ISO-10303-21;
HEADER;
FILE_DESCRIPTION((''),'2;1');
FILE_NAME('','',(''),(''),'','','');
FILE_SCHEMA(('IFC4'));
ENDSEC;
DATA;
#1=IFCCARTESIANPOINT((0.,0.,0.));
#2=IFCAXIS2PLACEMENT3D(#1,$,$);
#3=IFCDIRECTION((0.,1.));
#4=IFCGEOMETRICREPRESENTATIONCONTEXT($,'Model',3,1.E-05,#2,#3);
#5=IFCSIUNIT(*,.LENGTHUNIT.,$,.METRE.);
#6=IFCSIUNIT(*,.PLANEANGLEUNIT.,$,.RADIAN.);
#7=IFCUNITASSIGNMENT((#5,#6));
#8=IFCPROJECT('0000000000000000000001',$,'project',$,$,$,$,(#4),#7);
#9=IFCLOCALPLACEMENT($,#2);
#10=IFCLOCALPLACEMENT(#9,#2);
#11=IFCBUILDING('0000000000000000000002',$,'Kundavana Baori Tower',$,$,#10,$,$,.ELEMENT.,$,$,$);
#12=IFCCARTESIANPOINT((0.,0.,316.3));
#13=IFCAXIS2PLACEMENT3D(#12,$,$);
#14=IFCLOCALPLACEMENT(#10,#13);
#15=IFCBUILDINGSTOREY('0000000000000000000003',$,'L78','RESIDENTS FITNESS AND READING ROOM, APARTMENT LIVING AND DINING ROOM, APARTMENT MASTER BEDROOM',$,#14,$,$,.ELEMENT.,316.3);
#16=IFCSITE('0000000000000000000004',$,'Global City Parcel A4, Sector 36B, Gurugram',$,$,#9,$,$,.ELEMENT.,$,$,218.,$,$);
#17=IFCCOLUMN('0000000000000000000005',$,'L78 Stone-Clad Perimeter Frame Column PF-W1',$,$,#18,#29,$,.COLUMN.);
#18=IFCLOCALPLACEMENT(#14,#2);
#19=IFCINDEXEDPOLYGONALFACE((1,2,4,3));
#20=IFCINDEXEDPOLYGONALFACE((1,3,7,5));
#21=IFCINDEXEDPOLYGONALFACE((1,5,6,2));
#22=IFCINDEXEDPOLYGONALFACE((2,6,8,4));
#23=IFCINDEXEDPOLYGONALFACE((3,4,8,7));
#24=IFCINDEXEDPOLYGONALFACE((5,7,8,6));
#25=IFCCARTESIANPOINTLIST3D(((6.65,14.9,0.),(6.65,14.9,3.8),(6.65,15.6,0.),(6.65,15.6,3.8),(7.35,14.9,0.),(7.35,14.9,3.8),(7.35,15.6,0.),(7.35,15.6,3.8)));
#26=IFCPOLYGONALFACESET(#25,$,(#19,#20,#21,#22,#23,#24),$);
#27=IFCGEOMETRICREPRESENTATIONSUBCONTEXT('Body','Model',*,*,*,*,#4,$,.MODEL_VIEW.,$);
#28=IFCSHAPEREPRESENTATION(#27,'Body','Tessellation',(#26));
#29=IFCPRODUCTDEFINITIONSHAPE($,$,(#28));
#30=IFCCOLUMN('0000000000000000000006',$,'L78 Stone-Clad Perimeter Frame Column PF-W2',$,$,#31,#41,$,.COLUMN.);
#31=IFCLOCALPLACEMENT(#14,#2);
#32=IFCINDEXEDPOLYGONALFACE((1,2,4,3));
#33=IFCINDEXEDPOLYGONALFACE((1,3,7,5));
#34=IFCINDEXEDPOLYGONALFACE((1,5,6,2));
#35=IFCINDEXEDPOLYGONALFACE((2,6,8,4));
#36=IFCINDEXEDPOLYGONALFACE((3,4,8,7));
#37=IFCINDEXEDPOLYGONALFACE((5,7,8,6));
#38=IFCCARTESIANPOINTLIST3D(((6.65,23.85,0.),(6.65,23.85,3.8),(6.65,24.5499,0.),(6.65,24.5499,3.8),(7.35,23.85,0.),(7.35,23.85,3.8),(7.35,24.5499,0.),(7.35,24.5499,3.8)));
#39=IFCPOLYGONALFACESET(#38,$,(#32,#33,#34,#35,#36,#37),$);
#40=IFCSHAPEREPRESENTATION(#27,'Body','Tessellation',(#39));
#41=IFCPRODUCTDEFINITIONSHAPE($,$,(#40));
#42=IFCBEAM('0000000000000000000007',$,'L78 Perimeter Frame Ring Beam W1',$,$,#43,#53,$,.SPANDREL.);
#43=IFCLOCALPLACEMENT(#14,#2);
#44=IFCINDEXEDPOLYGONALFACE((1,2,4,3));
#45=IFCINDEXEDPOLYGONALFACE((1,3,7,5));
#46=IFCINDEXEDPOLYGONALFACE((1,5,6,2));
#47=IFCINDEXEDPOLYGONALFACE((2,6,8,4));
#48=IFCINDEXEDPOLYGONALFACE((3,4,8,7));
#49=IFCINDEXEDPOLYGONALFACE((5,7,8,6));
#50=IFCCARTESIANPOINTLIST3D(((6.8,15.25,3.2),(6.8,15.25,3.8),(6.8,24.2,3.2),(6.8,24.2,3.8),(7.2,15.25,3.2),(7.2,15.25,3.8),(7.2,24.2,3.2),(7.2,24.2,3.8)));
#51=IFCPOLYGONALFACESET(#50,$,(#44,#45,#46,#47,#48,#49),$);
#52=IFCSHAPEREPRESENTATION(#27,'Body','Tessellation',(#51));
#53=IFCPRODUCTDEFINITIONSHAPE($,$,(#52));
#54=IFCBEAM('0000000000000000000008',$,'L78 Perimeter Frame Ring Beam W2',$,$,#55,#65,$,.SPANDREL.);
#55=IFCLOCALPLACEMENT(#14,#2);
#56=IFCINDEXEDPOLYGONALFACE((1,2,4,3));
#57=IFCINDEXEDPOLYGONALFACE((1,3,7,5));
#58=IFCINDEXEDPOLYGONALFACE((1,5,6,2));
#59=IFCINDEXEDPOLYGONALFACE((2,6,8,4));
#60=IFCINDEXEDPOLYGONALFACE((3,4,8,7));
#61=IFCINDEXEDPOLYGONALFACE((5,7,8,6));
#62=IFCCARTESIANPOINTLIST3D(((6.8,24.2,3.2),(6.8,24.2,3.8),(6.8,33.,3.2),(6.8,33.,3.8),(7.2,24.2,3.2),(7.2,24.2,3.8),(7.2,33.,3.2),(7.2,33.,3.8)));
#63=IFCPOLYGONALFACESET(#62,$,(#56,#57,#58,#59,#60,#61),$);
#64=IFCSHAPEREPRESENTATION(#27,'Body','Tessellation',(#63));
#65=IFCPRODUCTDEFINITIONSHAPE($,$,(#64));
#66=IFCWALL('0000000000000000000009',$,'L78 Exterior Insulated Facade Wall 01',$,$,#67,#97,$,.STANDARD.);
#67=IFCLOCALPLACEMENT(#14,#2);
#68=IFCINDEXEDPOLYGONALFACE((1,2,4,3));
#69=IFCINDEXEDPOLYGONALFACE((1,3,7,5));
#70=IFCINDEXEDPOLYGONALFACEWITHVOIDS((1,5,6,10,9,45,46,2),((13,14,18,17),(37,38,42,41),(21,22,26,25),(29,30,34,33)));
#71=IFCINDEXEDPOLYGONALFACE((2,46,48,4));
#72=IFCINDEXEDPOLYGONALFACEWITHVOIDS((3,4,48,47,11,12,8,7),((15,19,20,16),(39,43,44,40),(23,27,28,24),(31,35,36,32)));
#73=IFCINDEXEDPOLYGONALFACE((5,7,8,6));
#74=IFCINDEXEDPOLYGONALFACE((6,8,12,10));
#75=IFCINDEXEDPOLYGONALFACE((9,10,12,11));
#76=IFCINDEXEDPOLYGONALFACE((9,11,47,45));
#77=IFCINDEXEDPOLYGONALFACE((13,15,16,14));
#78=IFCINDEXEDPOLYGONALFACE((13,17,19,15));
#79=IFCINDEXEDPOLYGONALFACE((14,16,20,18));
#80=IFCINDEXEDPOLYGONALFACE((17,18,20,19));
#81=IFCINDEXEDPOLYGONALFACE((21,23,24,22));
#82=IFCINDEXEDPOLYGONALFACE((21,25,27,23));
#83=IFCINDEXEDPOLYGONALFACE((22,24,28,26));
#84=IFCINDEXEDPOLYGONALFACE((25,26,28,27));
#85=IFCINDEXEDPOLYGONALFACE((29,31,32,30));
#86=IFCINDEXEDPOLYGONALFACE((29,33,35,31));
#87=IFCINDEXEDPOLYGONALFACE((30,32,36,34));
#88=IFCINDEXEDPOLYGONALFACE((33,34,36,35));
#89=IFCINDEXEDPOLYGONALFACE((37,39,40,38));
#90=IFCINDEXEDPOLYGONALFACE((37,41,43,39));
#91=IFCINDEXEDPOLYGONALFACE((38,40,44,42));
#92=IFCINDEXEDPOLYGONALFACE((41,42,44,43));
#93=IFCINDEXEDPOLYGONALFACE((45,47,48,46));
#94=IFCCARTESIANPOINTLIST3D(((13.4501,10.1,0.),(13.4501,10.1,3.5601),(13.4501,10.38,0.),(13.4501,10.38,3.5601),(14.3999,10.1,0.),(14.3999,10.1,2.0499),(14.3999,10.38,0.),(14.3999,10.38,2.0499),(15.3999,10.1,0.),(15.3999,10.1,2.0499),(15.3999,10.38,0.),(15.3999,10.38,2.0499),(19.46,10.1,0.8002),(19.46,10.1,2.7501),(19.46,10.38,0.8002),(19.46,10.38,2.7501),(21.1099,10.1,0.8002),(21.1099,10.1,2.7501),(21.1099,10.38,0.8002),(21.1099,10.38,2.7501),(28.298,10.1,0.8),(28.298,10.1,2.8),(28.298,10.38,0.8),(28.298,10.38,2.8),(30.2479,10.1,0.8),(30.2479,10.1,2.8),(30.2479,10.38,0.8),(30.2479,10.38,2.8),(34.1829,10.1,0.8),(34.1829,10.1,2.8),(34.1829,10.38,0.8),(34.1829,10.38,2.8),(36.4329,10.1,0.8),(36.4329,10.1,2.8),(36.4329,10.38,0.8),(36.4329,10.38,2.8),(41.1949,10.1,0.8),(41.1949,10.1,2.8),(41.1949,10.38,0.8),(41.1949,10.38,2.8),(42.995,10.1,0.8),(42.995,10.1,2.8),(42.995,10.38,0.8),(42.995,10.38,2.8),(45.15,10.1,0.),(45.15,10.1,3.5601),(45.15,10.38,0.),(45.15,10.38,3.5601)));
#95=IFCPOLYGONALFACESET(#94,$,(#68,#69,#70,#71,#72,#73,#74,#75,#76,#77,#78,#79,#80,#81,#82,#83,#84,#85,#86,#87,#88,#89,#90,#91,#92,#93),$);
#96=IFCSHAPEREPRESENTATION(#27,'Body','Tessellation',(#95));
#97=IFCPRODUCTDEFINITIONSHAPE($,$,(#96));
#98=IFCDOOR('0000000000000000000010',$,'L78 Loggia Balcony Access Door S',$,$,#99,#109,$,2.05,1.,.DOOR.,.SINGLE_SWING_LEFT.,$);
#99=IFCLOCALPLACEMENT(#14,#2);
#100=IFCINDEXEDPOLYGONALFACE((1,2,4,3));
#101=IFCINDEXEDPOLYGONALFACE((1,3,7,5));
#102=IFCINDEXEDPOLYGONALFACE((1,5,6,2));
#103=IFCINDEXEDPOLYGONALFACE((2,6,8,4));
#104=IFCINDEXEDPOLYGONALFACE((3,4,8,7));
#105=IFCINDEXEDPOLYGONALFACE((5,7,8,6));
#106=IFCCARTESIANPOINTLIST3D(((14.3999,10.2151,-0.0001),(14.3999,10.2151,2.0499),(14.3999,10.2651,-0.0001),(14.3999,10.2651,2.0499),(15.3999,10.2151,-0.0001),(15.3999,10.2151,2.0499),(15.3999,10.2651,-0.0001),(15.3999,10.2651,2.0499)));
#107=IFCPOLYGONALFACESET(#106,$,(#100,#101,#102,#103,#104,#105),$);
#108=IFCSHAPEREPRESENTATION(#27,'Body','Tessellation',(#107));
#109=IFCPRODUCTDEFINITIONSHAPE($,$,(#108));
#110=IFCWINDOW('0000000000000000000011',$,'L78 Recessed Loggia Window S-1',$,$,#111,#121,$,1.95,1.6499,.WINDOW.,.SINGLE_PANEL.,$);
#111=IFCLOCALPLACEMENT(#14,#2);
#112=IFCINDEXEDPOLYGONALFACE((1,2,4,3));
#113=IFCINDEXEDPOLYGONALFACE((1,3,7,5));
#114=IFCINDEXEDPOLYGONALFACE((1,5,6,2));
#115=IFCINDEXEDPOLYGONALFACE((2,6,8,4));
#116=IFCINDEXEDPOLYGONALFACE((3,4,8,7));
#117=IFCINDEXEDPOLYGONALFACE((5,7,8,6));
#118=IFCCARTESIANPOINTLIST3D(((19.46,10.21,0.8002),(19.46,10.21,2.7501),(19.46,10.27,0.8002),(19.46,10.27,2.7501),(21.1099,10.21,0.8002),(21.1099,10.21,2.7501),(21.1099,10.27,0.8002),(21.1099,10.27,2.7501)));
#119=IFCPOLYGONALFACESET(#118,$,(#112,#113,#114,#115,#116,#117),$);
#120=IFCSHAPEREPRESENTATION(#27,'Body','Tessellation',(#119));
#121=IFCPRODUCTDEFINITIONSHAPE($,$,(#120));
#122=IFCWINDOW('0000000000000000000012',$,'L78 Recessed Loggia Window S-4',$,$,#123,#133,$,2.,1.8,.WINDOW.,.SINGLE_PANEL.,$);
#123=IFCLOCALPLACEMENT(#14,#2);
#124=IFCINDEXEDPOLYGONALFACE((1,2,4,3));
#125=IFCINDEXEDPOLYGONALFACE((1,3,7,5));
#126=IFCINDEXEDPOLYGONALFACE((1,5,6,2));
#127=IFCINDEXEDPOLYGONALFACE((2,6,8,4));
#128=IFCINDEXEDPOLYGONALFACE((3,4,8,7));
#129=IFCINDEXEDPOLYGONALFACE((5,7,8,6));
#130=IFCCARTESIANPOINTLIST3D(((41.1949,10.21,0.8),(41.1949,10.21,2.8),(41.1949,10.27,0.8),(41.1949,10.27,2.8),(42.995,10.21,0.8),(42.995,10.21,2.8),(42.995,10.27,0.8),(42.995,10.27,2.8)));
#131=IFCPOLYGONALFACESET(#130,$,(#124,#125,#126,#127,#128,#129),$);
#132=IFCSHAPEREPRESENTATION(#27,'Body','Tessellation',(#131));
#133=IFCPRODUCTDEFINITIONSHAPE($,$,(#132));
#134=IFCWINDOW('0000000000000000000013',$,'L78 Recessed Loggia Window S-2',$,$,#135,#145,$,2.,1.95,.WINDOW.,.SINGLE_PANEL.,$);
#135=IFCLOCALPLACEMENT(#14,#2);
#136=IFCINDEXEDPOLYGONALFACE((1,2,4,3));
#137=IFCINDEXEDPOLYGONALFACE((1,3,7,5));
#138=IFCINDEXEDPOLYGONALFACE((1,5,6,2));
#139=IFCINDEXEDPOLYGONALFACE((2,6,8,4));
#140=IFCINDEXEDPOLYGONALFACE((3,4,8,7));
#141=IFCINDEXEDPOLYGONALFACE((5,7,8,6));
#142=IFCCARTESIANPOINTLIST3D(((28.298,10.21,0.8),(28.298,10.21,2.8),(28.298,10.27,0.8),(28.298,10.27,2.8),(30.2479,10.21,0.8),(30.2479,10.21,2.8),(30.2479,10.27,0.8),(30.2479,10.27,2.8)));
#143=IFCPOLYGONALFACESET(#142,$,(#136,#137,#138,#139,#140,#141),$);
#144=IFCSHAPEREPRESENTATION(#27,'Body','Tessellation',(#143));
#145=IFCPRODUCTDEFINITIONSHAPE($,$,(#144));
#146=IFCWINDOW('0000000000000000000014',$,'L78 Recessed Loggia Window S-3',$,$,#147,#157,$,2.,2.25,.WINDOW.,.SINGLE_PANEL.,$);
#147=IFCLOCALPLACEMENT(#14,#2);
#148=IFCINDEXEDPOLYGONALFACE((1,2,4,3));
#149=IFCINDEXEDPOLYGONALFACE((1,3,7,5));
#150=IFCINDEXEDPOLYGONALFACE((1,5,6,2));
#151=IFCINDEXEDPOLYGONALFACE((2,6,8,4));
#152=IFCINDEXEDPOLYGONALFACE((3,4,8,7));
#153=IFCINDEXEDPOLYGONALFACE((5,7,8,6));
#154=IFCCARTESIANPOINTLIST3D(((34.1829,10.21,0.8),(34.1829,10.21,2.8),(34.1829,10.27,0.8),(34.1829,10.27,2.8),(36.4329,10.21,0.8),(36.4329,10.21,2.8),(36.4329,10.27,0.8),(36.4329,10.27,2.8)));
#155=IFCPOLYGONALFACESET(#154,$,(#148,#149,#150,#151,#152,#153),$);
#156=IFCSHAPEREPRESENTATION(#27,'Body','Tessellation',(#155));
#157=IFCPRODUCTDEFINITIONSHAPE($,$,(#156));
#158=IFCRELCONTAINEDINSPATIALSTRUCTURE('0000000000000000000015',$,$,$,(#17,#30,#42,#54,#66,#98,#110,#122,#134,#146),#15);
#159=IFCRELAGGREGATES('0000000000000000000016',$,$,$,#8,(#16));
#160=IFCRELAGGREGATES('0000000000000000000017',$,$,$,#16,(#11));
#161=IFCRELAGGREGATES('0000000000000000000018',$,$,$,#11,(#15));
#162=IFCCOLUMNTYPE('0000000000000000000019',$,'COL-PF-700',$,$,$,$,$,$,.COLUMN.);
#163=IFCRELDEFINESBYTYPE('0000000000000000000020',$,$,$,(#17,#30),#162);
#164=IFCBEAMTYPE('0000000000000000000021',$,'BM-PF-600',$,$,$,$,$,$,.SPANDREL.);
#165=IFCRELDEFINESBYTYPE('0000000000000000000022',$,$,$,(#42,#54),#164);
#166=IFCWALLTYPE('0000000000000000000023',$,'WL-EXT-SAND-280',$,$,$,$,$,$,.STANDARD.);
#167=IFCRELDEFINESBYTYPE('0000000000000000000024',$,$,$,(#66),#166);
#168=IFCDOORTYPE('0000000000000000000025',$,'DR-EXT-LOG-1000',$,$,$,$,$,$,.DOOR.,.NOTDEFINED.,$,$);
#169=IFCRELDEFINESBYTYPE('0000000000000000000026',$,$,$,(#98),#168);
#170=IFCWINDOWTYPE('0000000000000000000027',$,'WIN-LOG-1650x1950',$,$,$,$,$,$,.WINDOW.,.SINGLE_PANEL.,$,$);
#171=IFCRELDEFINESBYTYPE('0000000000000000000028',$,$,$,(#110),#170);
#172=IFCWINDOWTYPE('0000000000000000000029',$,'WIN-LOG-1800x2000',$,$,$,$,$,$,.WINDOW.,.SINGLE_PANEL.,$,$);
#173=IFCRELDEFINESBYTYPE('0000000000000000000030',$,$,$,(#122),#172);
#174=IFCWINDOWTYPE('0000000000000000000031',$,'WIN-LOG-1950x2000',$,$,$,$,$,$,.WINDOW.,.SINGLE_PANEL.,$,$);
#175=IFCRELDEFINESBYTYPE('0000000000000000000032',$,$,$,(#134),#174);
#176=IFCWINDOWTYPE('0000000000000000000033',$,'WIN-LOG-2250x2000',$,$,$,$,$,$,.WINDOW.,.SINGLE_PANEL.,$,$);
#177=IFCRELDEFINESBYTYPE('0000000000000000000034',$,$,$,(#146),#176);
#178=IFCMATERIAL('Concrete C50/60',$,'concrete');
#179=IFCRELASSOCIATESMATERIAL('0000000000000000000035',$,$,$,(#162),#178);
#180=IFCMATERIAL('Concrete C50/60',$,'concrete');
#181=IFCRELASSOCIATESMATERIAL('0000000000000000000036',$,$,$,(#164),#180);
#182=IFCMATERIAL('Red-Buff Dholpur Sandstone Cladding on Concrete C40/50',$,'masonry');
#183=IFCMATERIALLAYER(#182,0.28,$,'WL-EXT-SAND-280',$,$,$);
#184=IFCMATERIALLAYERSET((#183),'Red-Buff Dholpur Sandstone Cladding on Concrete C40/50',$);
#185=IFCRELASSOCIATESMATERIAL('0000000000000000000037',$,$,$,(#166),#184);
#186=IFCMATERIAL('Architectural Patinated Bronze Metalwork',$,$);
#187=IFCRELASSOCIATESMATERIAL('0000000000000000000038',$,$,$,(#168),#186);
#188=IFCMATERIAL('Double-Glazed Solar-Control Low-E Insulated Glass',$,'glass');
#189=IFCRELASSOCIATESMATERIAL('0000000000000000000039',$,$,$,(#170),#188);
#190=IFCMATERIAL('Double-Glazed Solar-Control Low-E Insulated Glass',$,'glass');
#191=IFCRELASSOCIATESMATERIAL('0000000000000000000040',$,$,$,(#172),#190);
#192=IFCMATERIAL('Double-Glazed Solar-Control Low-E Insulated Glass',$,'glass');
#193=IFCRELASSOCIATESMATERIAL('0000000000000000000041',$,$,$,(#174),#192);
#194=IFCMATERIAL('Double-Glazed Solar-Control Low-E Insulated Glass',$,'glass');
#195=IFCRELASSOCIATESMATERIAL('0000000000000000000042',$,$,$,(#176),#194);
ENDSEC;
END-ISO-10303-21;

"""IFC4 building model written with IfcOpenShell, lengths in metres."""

from ifc_helpers import new_model, si_unit, direction, frame, frame_2d, origin, origin_2d, place, context, subcontext, project, spatial, rectangle, extrude, material, layer, layer_set, material_profile, profile_set, type_object, element, fill, save


model = new_model("IFC4")

# Units and contexts
model_context = context("Model", 3, precision=1e-05, world=origin(), true_north=direction((0.0, 1.0)))
body_context = subcontext(model_context, "Body", "Model", "MODEL_VIEW")
ifc_project = project(units=[si_unit("LENGTHUNIT", "METRE"), si_unit("PLANEANGLEUNIT", "RADIAN")], contexts=[model_context])

# Site, building, storey
site_placement = place(None, origin())
site = spatial("IfcSite", under=ifc_project, at=site_placement, Name="Global City Parcel A4, Sector 36B, Gurugram", CompositionType="ELEMENT", RefElevation=218.0)
building_placement = place(site_placement, origin())
building = spatial("IfcBuilding", under=site, at=building_placement, Name="Kundavana Baori Tower", CompositionType="ELEMENT")
storey_placement = place(building_placement, frame((0.0, 0.0, 316.3)))
storey = spatial("IfcBuildingStorey", under=building, at=storey_placement, Name="L78", Description="RESIDENTS FITNESS AND READING ROOM, APARTMENT LIVING AND DINING ROOM, APARTMENT MASTER BEDROOM", CompositionType="ELEMENT", Elevation=316.3)

# Columns
ifc_material_1 = material(Name="Concrete C50/60", Category="concrete")
ifc_material_profile_1 = material_profile(ifc_material_1, rectangle(XDim=0.7, YDim=0.7, at=origin_2d()), Name="RC PF 700x700")
ifc_profile_set_1 = profile_set([ifc_material_profile_1], Name="Concrete C50/60")
column_type = type_object("IfcColumnType", Name="COL-PF-700", PredefinedType="COLUMN", material=ifc_profile_set_1)
for number, where, z_axis, x_axis, name in (
    (1, (7.0, 15.25, 0.0), (0.0, 0.0, 1.0), (1.0, 0.0, 0.0), "L78 Stone-Clad Perimeter Frame Column PF-W1"),
    (2, (7.0, 24.2, 0.0), (0.0, 0.0, 1.0), (1.0, 0.0, 0.0), "L78 Stone-Clad Perimeter Frame Column PF-W2"),
):
    element("IfcColumn", number, at=place(storey_placement, frame(where, z_axis=z_axis, x_axis=x_axis)), inside=storey, type_object=column_type, Name=name, PredefinedType="COLUMN", context=body_context, shape_type="SweptSolid", body=[
        extrude(rectangle(XDim=0.7, YDim=0.7, at=origin_2d()), origin(), (0.0, 0.0, 1.0), 3.8),
    ])

# Beams
ifc_material_2 = material(Name="Concrete C50/60", Category="concrete")
ifc_material_profile_2 = material_profile(ifc_material_2, rectangle(XDim=0.3999, YDim=0.6001, at=origin_2d()), Name="RC BM 400x600")
ifc_profile_set_2 = profile_set([ifc_material_profile_2], Name="Concrete C50/60")
beam_type = type_object("IfcBeamType", Name="BM-PF-600", PredefinedType="SPANDREL", material=ifc_profile_set_2)
beam_1_placement = place(storey_placement, frame((7.0, 15.25, 3.5), z_axis=(0.0, 1.0, 0.0), x_axis=(-1.0, 0.0, 0.0)))
element("IfcBeam", 3, at=beam_1_placement, inside=storey, type_object=beam_type, Name="L78 Perimeter Frame Ring Beam W1", PredefinedType="SPANDREL", context=body_context, shape_type="SweptSolid", body=[
    extrude(rectangle(XDim=0.3999, YDim=0.6001, at=origin_2d()), origin(), (0.0, 0.0, 1.0), 8.95),
])
beam_2_placement = place(storey_placement, frame((7.0, 24.2, 3.5), z_axis=(0.0, 1.0, 0.0), x_axis=(-1.0, 0.0, 0.0)))
element("IfcBeam", 4, at=beam_2_placement, inside=storey, type_object=beam_type, Name="L78 Perimeter Frame Ring Beam W2", PredefinedType="SPANDREL", context=body_context, shape_type="SweptSolid", body=[
    extrude(rectangle(XDim=0.3999, YDim=0.6001, at=origin_2d()), origin(), (0.0, 0.0, 1.0), 8.8),
])

# Wall, openings, door, windows
ifc_material_3 = material(Name="Red-Buff Dholpur Sandstone Cladding on Concrete C40/50", Category="masonry")
ifc_layer_1 = layer(ifc_material_3, 0.28, Name="WL-EXT-SAND-280")
ifc_layer_set_1 = layer_set([ifc_layer_1], Name="Red-Buff Dholpur Sandstone Cladding on Concrete C40/50")
wall_type_1 = type_object("IfcWallType", Name="WL-EXT-SAND-280", PredefinedType="STANDARD", material=ifc_layer_set_1)
wall_1_placement = place(storey_placement, frame((13.45, 10.24, 0.0), z_axis=(0.0, 0.0, 1.0), x_axis=(1.0, 0.0, 0.0)))
wall_1 = element("IfcWall", 5, at=wall_1_placement, inside=storey, type_object=wall_type_1, Name="L78 Exterior Insulated Facade Wall 01", PredefinedType="STANDARD", context=body_context, shape_type="SweptSolid", body=[
    extrude(rectangle(XDim=31.7, YDim=0.28, at=frame_2d((15.8501, 0.0))), origin(), (0.0, 0.0, 1.0), 3.5601),
])
opening_1_placement = place(wall_1_placement, frame((0.95, 0.0, 0.0)))
opening_1 = element("IfcOpeningElement", 6, at=opening_1_placement, cuts=wall_1, PredefinedType="OPENING", context=body_context, shape_type="SweptSolid", body=[
    extrude(rectangle(XDim=1.0, YDim=2.05, at=frame_2d((0.5, 1.0249))), frame((0.0, 0.1499, 0.0), z_axis=(0.0, -1.0, 0.0), x_axis=(1.0, 0.0, 0.0)), (0.0, 0.0, 1.0), 0.3),
])
opening_2_placement = place(wall_1_placement, frame((6.01, 0.0, 0.8)))
opening_2 = element("IfcOpeningElement", 7, at=opening_2_placement, cuts=wall_1, PredefinedType="OPENING", context=body_context, shape_type="SweptSolid", body=[
    extrude(rectangle(XDim=1.6499, YDim=1.95, at=frame_2d((0.825, 0.9751))), frame((0.0, 0.1499, 0.0), z_axis=(0.0, -1.0, 0.0), x_axis=(1.0, 0.0, 0.0)), (0.0, 0.0, 1.0), 0.3),
])
opening_3_placement = place(wall_1_placement, frame((14.8479, 0.0, 0.8)))
opening_3 = element("IfcOpeningElement", 8, at=opening_3_placement, cuts=wall_1, PredefinedType="OPENING", context=body_context, shape_type="SweptSolid", body=[
    extrude(rectangle(XDim=1.95, YDim=2.0, at=frame_2d((0.9751, 1.0))), frame((0.0, 0.1499, 0.0), z_axis=(0.0, -1.0, 0.0), x_axis=(1.0, 0.0, 0.0)), (0.0, 0.0, 1.0), 0.3),
])
opening_4_placement = place(wall_1_placement, frame((20.7329, 0.0, 0.8)))
opening_4 = element("IfcOpeningElement", 9, at=opening_4_placement, cuts=wall_1, PredefinedType="OPENING", context=body_context, shape_type="SweptSolid", body=[
    extrude(rectangle(XDim=2.25, YDim=2.0, at=frame_2d((1.125, 1.0))), frame((0.0, 0.1499, 0.0), z_axis=(0.0, -1.0, 0.0), x_axis=(1.0, 0.0, 0.0)), (0.0, 0.0, 1.0), 0.3),
])
opening_5_placement = place(wall_1_placement, frame((27.7451, 0.0, 0.8)))
opening_5 = element("IfcOpeningElement", 10, at=opening_5_placement, cuts=wall_1, PredefinedType="OPENING", context=body_context, shape_type="SweptSolid", body=[
    extrude(rectangle(XDim=1.8, YDim=2.0, at=frame_2d((0.8999, 1.0))), frame((0.0, 0.1499, 0.0), z_axis=(0.0, -1.0, 0.0), x_axis=(1.0, 0.0, 0.0)), (0.0, 0.0, 1.0), 0.3),
])
ifc_material_4 = material(Name="Architectural Patinated Bronze Metalwork")
door_type_1 = type_object("IfcDoorType", Name="DR-EXT-LOG-1000", OperationType="NOTDEFINED", PredefinedType="DOOR", material=ifc_material_4)
door_1_placement = place(opening_1_placement, frame((1.0, 0.0, 0.0), z_axis=(0.0, 0.0, 1.0), x_axis=(-1.0, 0.0, 0.0)))
door_1 = element("IfcDoor", 11, at=door_1_placement, inside=storey, type_object=door_type_1, Name="L78 Loggia Balcony Access Door S", OperationType="SINGLE_SWING_LEFT", OverallHeight=2.05, OverallWidth=1.0, PredefinedType="DOOR", context=body_context, shape_type="SweptSolid", body=[
    extrude(rectangle(XDim=1.0, YDim=2.05, at=frame_2d((0.5, 1.0249))), frame((0.0, 0.0249, 0.0), z_axis=(0.0, -1.0, 0.0), x_axis=(1.0, 0.0, 0.0)), (0.0, 0.0, 1.0), 0.05),
])
fill(opening_1, door_1)
ifc_material_5 = material(Name="Double-Glazed Solar-Control Low-E Insulated Glass", Category="glass")
window_type_1 = type_object("IfcWindowType", Name="WIN-LOG-1650x1950", PartitioningType="SINGLE_PANEL", PredefinedType="WINDOW", material=ifc_material_5)
window_1_placement = place(opening_2_placement, origin())
window_1 = element("IfcWindow", 12, at=window_1_placement, inside=storey, type_object=window_type_1, Name="L78 Recessed Loggia Window S-1", OverallHeight=1.95, OverallWidth=1.6499, PartitioningType="SINGLE_PANEL", PredefinedType="WINDOW", context=body_context, shape_type="SweptSolid", body=[
    extrude(rectangle(XDim=1.6499, YDim=1.95, at=frame_2d((0.825, 0.9751))), frame((0.0, 0.03, 0.0), z_axis=(0.0, -1.0, 0.0), x_axis=(1.0, 0.0, 0.0)), (0.0, 0.0, 1.0), 0.0601),
])
fill(opening_2, window_1)
ifc_material_6 = material(Name="Double-Glazed Solar-Control Low-E Insulated Glass", Category="glass")
window_type_2 = type_object("IfcWindowType", Name="WIN-LOG-1800x2000", PartitioningType="SINGLE_PANEL", PredefinedType="WINDOW", material=ifc_material_6)
window_2_placement = place(opening_5_placement, origin())
window_2 = element("IfcWindow", 13, at=window_2_placement, inside=storey, type_object=window_type_2, Name="L78 Recessed Loggia Window S-4", OverallHeight=2.0, OverallWidth=1.8, PartitioningType="SINGLE_PANEL", PredefinedType="WINDOW", context=body_context, shape_type="SweptSolid", body=[
    extrude(rectangle(XDim=1.8, YDim=2.0, at=frame_2d((0.8999, 1.0))), frame((0.0, 0.03, 0.0), z_axis=(0.0, -1.0, 0.0), x_axis=(1.0, 0.0, 0.0)), (0.0, 0.0, 1.0), 0.0601),
])
fill(opening_5, window_2)
ifc_material_7 = material(Name="Double-Glazed Solar-Control Low-E Insulated Glass", Category="glass")
window_type_3 = type_object("IfcWindowType", Name="WIN-LOG-1950x2000", PartitioningType="SINGLE_PANEL", PredefinedType="WINDOW", material=ifc_material_7)
window_3_placement = place(opening_3_placement, origin())
window_3 = element("IfcWindow", 14, at=window_3_placement, inside=storey, type_object=window_type_3, Name="L78 Recessed Loggia Window S-2", OverallHeight=2.0, OverallWidth=1.95, PartitioningType="SINGLE_PANEL", PredefinedType="WINDOW", context=body_context, shape_type="SweptSolid", body=[
    extrude(rectangle(XDim=1.95, YDim=2.0, at=frame_2d((0.9751, 1.0))), frame((0.0, 0.03, 0.0), z_axis=(0.0, -1.0, 0.0), x_axis=(1.0, 0.0, 0.0)), (0.0, 0.0, 1.0), 0.0601),
])
fill(opening_3, window_3)
ifc_material_8 = material(Name="Double-Glazed Solar-Control Low-E Insulated Glass", Category="glass")
window_type_4 = type_object("IfcWindowType", Name="WIN-LOG-2250x2000", PartitioningType="SINGLE_PANEL", PredefinedType="WINDOW", material=ifc_material_8)
window_4_placement = place(opening_4_placement, origin())
window_4 = element("IfcWindow", 15, at=window_4_placement, inside=storey, type_object=window_type_4, Name="L78 Recessed Loggia Window S-3", OverallHeight=2.0, OverallWidth=2.25, PartitioningType="SINGLE_PANEL", PredefinedType="WINDOW", context=body_context, shape_type="SweptSolid", body=[
    extrude(rectangle(XDim=2.25, YDim=2.0, at=frame_2d((1.125, 1.0))), frame((0.0, 0.03, 0.0), z_axis=(0.0, -1.0, 0.0), x_axis=(1.0, 0.0, 0.0)), (0.0, 0.0, 1.0), 0.0601),
])
fill(opening_4, window_4)

save(model, "model.ifc")
